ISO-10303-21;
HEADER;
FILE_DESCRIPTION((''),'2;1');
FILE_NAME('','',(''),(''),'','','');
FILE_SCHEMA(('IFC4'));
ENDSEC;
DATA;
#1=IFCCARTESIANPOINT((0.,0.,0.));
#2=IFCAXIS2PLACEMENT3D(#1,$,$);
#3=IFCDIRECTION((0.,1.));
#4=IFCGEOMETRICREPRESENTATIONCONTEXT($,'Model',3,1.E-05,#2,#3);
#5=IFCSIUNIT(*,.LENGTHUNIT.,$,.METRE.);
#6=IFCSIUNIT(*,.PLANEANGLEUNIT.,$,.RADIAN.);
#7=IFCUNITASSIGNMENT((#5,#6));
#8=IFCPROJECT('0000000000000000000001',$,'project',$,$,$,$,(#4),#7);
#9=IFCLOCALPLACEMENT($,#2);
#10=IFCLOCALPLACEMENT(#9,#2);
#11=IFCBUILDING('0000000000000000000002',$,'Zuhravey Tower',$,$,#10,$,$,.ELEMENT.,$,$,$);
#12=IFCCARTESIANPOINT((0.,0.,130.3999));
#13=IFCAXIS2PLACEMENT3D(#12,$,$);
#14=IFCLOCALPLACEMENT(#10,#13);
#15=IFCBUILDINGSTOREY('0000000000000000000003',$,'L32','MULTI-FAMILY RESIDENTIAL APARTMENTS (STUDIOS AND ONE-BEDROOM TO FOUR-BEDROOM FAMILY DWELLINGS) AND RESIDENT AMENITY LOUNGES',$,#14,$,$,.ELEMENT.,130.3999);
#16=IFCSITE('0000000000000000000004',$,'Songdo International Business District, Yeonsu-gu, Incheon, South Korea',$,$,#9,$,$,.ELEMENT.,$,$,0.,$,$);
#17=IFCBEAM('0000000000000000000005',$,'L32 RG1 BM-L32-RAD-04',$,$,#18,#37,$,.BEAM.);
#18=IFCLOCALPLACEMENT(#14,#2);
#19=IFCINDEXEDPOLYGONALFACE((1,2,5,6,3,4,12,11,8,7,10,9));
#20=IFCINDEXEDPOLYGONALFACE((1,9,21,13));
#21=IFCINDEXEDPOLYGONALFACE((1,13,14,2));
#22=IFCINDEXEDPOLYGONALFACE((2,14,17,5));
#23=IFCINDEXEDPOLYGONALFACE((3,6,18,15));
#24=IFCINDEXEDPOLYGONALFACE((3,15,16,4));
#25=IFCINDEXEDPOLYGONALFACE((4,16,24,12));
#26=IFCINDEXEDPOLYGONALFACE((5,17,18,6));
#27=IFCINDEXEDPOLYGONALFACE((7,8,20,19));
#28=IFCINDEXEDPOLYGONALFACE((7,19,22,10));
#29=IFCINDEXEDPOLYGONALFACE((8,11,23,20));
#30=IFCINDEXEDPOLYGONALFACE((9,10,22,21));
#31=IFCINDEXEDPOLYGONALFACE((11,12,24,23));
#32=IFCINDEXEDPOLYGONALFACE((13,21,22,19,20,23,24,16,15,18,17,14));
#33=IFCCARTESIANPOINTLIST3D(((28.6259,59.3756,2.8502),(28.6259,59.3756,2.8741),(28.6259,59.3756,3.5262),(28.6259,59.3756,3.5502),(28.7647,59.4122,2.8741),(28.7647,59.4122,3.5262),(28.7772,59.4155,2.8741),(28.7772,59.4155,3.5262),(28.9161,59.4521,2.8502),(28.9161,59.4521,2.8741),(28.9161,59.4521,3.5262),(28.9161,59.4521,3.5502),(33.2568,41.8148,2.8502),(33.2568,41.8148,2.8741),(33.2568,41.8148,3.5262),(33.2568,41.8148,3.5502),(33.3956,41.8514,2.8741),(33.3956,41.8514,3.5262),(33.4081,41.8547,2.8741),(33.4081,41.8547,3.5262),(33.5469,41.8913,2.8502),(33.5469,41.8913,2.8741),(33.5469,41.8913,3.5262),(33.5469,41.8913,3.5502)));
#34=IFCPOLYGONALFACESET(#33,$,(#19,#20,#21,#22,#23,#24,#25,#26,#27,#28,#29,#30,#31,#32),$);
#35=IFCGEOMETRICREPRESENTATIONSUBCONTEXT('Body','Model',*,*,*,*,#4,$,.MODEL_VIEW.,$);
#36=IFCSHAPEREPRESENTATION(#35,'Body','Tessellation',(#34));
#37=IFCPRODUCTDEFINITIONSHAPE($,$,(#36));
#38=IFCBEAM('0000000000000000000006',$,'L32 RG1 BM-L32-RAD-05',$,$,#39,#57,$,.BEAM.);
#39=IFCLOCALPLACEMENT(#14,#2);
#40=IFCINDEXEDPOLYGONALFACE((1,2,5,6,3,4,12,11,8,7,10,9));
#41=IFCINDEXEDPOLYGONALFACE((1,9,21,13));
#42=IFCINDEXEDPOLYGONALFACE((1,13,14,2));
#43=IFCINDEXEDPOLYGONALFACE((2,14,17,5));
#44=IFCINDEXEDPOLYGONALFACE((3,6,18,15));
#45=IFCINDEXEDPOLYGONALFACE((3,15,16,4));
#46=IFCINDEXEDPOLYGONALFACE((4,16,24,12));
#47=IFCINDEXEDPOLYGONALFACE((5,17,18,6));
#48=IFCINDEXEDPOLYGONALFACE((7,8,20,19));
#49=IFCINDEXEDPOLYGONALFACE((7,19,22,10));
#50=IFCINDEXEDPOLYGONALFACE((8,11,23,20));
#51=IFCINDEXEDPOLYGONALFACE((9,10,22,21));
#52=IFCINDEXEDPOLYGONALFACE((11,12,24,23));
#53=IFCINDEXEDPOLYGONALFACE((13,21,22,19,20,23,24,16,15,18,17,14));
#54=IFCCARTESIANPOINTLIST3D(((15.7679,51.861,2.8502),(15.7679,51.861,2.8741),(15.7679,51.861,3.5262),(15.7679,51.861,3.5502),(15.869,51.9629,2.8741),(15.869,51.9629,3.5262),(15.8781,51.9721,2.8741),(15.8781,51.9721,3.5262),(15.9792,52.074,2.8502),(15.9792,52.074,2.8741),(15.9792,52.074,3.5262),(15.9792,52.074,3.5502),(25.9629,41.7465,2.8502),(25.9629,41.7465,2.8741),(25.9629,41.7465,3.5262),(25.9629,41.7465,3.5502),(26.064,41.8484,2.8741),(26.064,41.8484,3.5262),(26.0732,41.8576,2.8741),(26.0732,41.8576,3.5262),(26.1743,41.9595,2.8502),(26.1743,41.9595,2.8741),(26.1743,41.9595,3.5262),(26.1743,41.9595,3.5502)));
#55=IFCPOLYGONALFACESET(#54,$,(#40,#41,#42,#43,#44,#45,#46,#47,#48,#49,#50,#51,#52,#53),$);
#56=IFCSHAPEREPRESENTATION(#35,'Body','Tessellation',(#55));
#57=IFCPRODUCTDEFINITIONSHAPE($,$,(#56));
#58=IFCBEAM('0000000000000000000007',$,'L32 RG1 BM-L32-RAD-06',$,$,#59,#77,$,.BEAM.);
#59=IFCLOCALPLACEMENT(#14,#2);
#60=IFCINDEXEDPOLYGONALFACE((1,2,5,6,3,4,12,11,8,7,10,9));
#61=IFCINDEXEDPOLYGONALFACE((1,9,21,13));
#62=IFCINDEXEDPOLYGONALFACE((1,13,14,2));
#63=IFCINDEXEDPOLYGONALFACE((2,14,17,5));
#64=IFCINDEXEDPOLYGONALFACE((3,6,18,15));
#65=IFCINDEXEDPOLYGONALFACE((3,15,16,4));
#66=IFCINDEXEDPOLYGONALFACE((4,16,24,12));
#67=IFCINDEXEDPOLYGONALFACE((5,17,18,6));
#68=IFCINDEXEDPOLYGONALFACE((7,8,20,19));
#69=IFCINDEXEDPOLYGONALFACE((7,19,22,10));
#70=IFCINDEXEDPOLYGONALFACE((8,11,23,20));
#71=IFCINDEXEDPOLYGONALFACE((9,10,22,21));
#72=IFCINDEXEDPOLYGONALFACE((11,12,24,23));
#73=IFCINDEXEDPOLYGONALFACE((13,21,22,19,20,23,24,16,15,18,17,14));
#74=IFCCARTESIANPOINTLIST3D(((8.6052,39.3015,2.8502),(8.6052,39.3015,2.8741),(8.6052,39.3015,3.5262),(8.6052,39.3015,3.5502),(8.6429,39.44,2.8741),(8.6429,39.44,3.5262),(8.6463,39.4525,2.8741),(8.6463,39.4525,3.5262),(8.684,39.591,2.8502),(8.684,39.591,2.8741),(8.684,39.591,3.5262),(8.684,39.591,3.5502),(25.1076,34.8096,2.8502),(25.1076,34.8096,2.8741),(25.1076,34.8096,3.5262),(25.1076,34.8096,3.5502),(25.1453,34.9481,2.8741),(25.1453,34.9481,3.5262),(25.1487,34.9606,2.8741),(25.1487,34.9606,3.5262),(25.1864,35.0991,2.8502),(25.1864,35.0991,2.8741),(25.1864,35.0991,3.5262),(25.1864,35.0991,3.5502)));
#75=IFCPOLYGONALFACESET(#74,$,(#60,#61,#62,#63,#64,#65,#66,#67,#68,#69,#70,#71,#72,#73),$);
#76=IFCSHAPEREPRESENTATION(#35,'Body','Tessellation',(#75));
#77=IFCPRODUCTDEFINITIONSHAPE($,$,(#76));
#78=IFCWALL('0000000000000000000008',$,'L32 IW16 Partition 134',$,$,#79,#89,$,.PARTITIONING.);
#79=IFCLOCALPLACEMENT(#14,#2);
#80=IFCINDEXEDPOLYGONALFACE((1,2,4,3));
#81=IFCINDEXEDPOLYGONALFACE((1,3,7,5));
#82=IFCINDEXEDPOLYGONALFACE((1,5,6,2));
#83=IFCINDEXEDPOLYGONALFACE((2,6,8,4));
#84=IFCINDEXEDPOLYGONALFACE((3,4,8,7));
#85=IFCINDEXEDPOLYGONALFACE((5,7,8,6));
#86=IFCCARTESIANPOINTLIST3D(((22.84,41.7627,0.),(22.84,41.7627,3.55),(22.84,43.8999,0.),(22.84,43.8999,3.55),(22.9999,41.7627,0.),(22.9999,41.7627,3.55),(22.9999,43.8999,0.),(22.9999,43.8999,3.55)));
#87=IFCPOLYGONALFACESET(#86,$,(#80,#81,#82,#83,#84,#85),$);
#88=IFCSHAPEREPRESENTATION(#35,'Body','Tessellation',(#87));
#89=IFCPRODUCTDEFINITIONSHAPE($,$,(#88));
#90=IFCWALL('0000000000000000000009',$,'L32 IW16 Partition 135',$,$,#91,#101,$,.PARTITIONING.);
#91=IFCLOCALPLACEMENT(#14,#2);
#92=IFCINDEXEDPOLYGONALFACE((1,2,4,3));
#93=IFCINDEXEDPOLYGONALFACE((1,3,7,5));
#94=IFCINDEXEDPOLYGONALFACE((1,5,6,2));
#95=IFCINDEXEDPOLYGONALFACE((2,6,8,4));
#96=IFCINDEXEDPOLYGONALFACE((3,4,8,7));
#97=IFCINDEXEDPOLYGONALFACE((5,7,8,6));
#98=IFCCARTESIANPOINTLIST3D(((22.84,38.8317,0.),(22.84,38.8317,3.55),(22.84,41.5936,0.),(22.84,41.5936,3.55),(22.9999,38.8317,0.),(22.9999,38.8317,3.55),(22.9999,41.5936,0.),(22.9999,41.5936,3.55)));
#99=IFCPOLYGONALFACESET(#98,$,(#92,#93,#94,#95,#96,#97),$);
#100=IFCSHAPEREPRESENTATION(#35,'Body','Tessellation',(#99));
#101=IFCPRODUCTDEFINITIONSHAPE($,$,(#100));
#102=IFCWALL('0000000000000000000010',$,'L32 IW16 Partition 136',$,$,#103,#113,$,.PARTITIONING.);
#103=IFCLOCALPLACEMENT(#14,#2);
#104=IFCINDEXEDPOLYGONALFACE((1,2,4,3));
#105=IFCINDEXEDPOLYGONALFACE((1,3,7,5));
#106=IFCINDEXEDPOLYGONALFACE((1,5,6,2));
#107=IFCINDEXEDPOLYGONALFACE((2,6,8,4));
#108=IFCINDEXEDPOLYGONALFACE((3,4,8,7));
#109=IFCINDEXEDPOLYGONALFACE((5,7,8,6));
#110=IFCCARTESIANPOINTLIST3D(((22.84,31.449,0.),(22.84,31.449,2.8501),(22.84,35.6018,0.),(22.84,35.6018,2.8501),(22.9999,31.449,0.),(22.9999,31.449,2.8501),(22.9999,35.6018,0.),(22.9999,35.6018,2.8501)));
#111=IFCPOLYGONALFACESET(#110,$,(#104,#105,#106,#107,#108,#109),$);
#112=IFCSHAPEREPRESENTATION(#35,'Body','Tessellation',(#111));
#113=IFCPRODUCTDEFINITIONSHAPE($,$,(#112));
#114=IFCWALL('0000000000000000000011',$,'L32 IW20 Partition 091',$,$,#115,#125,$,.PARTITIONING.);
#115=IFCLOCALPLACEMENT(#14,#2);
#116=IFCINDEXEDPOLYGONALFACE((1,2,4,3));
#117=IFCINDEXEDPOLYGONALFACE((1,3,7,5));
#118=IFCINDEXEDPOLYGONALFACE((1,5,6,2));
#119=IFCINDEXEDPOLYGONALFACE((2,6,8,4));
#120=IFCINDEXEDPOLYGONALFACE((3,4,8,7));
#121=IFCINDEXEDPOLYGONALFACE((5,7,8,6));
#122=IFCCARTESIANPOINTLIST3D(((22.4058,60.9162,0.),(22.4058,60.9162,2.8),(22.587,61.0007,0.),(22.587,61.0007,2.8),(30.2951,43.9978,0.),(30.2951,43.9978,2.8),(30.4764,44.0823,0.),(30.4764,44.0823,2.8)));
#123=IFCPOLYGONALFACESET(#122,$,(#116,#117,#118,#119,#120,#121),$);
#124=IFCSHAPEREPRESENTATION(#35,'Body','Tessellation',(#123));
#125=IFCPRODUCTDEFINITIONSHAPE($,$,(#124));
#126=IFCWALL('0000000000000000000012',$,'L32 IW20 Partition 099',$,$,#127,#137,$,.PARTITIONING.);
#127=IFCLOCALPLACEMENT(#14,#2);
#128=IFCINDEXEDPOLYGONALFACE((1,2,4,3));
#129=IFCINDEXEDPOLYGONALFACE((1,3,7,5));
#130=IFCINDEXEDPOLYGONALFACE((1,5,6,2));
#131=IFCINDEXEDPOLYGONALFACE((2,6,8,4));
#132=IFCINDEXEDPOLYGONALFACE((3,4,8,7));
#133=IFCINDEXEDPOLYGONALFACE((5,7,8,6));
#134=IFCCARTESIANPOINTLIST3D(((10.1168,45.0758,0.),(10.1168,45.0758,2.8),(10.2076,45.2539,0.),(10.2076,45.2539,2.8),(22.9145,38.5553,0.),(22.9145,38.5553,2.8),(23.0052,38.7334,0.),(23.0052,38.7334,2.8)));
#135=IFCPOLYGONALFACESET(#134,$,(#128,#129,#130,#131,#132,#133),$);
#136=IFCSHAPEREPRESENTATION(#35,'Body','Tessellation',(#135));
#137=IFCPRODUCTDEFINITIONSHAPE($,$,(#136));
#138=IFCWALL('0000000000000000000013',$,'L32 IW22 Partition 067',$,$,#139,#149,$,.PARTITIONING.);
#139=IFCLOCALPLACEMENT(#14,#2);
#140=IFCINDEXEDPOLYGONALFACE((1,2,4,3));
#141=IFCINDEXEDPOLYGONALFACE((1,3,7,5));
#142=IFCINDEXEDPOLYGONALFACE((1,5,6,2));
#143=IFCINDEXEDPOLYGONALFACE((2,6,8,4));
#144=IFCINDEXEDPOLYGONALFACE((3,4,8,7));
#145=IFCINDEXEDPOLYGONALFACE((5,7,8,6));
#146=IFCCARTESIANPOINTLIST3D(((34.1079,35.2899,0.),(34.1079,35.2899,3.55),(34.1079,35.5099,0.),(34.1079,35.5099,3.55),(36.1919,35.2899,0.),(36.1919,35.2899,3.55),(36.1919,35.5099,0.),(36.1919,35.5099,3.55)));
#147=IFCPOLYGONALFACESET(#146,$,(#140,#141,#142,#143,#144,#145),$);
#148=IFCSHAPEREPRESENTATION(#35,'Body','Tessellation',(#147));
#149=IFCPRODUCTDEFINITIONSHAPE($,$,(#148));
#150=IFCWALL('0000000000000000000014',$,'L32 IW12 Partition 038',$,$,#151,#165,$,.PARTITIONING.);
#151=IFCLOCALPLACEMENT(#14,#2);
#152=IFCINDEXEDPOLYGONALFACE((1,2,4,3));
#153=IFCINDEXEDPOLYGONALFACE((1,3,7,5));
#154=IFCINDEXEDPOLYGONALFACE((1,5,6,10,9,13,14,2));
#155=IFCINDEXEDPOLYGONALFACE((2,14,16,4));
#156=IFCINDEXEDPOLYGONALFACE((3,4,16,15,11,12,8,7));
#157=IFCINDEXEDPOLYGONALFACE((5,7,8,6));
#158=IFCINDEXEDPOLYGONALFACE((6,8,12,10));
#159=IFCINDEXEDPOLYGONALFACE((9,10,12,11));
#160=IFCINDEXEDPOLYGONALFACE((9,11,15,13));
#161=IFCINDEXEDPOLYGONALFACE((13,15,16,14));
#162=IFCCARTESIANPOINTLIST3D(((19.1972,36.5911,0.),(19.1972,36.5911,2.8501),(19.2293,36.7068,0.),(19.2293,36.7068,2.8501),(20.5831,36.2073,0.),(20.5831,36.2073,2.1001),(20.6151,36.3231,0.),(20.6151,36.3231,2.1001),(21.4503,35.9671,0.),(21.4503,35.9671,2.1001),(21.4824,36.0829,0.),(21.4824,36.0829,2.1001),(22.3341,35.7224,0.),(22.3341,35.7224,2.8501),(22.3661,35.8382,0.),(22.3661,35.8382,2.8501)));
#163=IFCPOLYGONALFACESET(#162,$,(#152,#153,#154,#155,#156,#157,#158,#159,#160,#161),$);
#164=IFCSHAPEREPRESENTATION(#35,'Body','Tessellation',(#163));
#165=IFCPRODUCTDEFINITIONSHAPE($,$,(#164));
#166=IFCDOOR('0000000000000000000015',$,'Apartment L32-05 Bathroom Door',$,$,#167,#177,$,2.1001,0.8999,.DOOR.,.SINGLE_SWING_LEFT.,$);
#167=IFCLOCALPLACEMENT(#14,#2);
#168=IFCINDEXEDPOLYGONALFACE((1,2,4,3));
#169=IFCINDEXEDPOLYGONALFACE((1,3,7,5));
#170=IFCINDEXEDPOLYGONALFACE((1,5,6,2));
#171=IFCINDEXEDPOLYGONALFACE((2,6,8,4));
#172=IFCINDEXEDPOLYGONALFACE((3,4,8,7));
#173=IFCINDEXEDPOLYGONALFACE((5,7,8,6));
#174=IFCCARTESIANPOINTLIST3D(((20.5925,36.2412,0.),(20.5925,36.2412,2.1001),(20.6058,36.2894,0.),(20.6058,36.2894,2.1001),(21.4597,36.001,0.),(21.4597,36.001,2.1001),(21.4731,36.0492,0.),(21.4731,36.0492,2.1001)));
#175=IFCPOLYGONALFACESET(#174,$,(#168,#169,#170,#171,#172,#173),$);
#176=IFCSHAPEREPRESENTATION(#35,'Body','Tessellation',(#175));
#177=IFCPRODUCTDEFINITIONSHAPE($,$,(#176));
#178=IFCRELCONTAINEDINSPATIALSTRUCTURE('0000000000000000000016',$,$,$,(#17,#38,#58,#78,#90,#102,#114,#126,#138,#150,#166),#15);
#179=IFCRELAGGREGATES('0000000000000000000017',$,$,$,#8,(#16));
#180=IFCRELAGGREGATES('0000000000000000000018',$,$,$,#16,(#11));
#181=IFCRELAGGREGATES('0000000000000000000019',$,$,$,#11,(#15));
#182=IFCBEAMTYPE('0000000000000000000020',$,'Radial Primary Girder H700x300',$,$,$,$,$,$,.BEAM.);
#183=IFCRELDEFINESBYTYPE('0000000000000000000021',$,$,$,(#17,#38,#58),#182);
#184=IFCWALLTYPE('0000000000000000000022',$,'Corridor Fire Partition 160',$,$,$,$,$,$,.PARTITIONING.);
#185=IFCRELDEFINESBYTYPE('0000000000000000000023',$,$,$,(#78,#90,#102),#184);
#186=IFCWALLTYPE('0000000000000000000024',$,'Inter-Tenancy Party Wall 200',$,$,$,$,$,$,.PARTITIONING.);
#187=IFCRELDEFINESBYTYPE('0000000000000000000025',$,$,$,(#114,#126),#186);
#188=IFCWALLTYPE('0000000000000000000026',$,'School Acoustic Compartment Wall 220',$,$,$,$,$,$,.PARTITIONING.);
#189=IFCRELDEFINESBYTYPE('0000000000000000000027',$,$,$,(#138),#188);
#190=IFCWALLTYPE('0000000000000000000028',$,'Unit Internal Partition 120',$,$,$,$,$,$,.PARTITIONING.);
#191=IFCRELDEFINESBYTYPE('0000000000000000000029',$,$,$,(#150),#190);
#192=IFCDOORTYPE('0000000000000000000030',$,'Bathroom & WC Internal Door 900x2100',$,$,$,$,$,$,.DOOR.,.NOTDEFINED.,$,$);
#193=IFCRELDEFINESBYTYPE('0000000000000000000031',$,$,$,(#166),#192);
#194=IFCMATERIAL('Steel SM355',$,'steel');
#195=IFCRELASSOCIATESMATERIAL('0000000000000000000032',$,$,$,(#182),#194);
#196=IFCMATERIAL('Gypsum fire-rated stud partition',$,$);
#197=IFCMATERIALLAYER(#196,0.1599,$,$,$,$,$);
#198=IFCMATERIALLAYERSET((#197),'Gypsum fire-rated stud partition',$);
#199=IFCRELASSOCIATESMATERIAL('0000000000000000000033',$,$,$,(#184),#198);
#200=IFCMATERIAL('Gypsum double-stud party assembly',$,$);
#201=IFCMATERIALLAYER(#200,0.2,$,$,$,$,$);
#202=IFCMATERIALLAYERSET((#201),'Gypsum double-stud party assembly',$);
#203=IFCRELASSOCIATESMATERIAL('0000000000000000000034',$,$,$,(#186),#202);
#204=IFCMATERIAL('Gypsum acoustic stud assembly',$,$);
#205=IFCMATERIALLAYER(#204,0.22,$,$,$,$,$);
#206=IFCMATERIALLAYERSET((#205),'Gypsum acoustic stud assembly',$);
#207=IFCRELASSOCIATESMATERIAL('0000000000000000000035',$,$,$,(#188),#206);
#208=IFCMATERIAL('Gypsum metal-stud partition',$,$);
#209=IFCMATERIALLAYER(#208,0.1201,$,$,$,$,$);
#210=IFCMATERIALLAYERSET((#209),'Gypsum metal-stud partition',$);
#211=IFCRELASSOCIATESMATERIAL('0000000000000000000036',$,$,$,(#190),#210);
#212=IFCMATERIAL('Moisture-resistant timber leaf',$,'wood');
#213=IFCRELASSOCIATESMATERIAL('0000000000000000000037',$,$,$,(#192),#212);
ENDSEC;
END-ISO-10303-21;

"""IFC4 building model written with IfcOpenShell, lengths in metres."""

from ifc_helpers import new_model, si_unit, direction, frame, frame_2d, origin, origin_2d, place, context, subcontext, project, spatial, rectangle, i_section, extrude, material, layer, layer_set, material_profile, profile_set, type_object, element, fill, save


model = new_model("IFC4")

# Units and contexts
model_context = context("Model", 3, precision=1e-05, world=origin(), true_north=direction((0.0, 1.0)))
body_context = subcontext(model_context, "Body", "Model", "MODEL_VIEW")
ifc_project = project(units=[si_unit("LENGTHUNIT", "METRE"), si_unit("PLANEANGLEUNIT", "RADIAN")], contexts=[model_context])

# Site, building, storey
site_placement = place(None, origin())
site = spatial("IfcSite", under=ifc_project, at=site_placement, Name="Songdo International Business District, Yeonsu-gu, Incheon, South Korea", CompositionType="ELEMENT", RefElevation=0.0)
building_placement = place(site_placement, origin())
building = spatial("IfcBuilding", under=site, at=building_placement, Name="Zuhravey Tower", CompositionType="ELEMENT")
storey_placement = place(building_placement, frame((0.0, 0.0, 130.3999)))
storey = spatial("IfcBuildingStorey", under=building, at=storey_placement, Name="L32", Description="MULTI-FAMILY RESIDENTIAL APARTMENTS (STUDIOS AND ONE-BEDROOM TO FOUR-BEDROOM FAMILY DWELLINGS) AND RESIDENT AMENITY LOUNGES", CompositionType="ELEMENT", Elevation=130.3999)

# Beams
ifc_material_1 = material(Name="Steel SM355", Category="steel")
ifc_material_profile = material_profile(ifc_material_1, i_section(OverallWidth=0.3, OverallDepth=0.7, WebThickness=0.0129, FlangeThickness=0.0239, at=origin_2d()), Name="H-700x300x13x24")
ifc_profile_set = profile_set([ifc_material_profile], Name="Steel SM355")
beam_type = type_object("IfcBeamType", Name="Radial Primary Girder H700x300", PredefinedType="BEAM", material=ifc_profile_set)
beam_1_placement = place(storey_placement, frame((33.4019, 41.853, 3.2002), z_axis=(-0.254988, 0.966944, 0.0), x_axis=(-0.966944, -0.254988, 0.0)))
element("IfcBeam", 1, at=beam_1_placement, inside=storey, type_object=beam_type, Name="L32 RG1 BM-L32-RAD-04", PredefinedType="BEAM", context=body_context, shape_type="SweptSolid", body=[
    extrude(i_section(OverallWidth=0.3, OverallDepth=0.7, WebThickness=0.0129, FlangeThickness=0.0239, at=origin_2d()), origin(), (0.0, 0.0, 1.0), 18.1611),
])
beam_2_placement = place(storey_placement, frame((26.0686, 41.853, 3.2002), z_axis=(-0.709906, 0.704296, 0.0), x_axis=(-0.704296, -0.709906, 0.0)))
element("IfcBeam", 2, at=beam_2_placement, inside=storey, type_object=beam_type, Name="L32 RG1 BM-L32-RAD-05", PredefinedType="BEAM", context=body_context, shape_type="SweptSolid", body=[
    extrude(i_section(OverallWidth=0.3, OverallDepth=0.7, WebThickness=0.0129, FlangeThickness=0.0239, at=origin_2d()), origin(), (0.0, 0.0, 1.0), 14.3611),
])
beam_3_placement = place(storey_placement, frame((25.147, 34.9543, 3.2002), z_axis=(-0.964893, 0.262643, 0.0), x_axis=(-0.262643, -0.964893, 0.0)))
element("IfcBeam", 3, at=beam_3_placement, inside=storey, type_object=beam_type, Name="L32 RG1 BM-L32-RAD-06", PredefinedType="BEAM", context=body_context, shape_type="SweptSolid", body=[
    extrude(i_section(OverallWidth=0.3, OverallDepth=0.7, WebThickness=0.0129, FlangeThickness=0.0239, at=origin_2d()), origin(), (0.0, 0.0, 1.0), 17.1028),
])

# Shared definitions
ifc_material_2 = material(Name="Gypsum fire-rated stud partition")
ifc_layer_1 = layer(ifc_material_2, 0.1599)
ifc_layer_set_1 = layer_set([ifc_layer_1], Name="Gypsum fire-rated stud partition")
wall_type_1 = type_object("IfcWallType", Name="Corridor Fire Partition 160", PredefinedType="PARTITIONING", material=ifc_layer_set_1)

# Walls
wall_1_placement = place(storey_placement, frame((22.9199, 43.8999, 0.0), z_axis=(0.0, 0.0, 1.0), x_axis=(0.0, -1.0, 0.0)))
element("IfcWall", 4, at=wall_1_placement, inside=storey, type_object=wall_type_1, Name="L32 IW16 Partition 134", PredefinedType="PARTITIONING", context=body_context, shape_type="SweptSolid", body=[
    extrude(rectangle(XDim=2.1372, YDim=0.1599, at=frame_2d((1.0686, 0.0))), origin(), (0.0, 0.0, 1.0), 3.55),
])
wall_2_placement = place(storey_placement, frame((22.9199, 41.5935, 0.0), z_axis=(0.0, 0.0, 1.0), x_axis=(0.0, -1.0, 0.0)))
element("IfcWall", 5, at=wall_2_placement, inside=storey, type_object=wall_type_1, Name="L32 IW16 Partition 135", PredefinedType="PARTITIONING", context=body_context, shape_type="SweptSolid", body=[
    extrude(rectangle(XDim=2.762, YDim=0.1599, at=frame_2d((1.3809, 0.0))), origin(), (0.0, 0.0, 1.0), 3.55),
])
wall_3_placement = place(storey_placement, frame((22.9199, 35.6018, 0.0), z_axis=(0.0, 0.0, 1.0), x_axis=(0.0, -1.0, 0.0)))
element("IfcWall", 6, at=wall_3_placement, inside=storey, type_object=wall_type_1, Name="L32 IW16 Partition 136", PredefinedType="PARTITIONING", context=body_context, shape_type="SweptSolid", body=[
    extrude(rectangle(XDim=4.1528, YDim=0.1599, at=frame_2d((2.0764, 0.0))), origin(), (0.0, 0.0, 1.0), 2.8501),
])
ifc_material_3 = material(Name="Gypsum double-stud party assembly")
ifc_layer_2 = layer(ifc_material_3, 0.2)
ifc_layer_set_2 = layer_set([ifc_layer_2], Name="Gypsum double-stud party assembly")
wall_type_2 = type_object("IfcWallType", Name="Inter-Tenancy Party Wall 200", PredefinedType="PARTITIONING", material=ifc_layer_set_2)
wall_4_placement = place(storey_placement, frame((30.3857, 44.04, 0.0), z_axis=(0.0, 0.0, 1.0), x_axis=(-0.422627, 0.906304, 0.0)))
element("IfcWall", 7, at=wall_4_placement, inside=storey, type_object=wall_type_2, Name="L32 IW20 Partition 091", PredefinedType="PARTITIONING", context=body_context, shape_type="SweptSolid", body=[
    extrude(rectangle(XDim=18.6675, YDim=0.2, at=frame_2d((9.3337, 0.0))), origin(), (0.0, 0.0, 1.0), 2.8),
])
wall_5_placement = place(storey_placement, frame((22.96, 38.6443, 0.0), z_axis=(0.0, 0.0, 1.0), x_axis=(-0.891012, 0.45398, 0.0)))
element("IfcWall", 8, at=wall_5_placement, inside=storey, type_object=wall_type_2, Name="L32 IW20 Partition 099", PredefinedType="PARTITIONING", context=body_context, shape_type="SweptSolid", body=[
    extrude(rectangle(XDim=14.363, YDim=0.2, at=frame_2d((7.1816, 0.0))), origin(), (0.0, 0.0, 1.0), 2.8),
])
ifc_material_4 = material(Name="Gypsum acoustic stud assembly")
ifc_layer_3 = layer(ifc_material_4, 0.22)
ifc_layer_set_3 = layer_set([ifc_layer_3], Name="Gypsum acoustic stud assembly")
wall_type_3 = type_object("IfcWallType", Name="School Acoustic Compartment Wall 220", PredefinedType="PARTITIONING", material=ifc_layer_set_3)
wall_6_placement = place(storey_placement, frame((34.1079, 35.3999, 0.0), z_axis=(0.0, 0.0, 1.0), x_axis=(1.0, 0.0, 0.0)))
element("IfcWall", 9, at=wall_6_placement, inside=storey, type_object=wall_type_3, Name="L32 IW22 Partition 067", PredefinedType="PARTITIONING", context=body_context, shape_type="SweptSolid", body=[
    extrude(rectangle(XDim=2.084, YDim=0.22, at=frame_2d((1.042, 0.0))), origin(), (0.0, 0.0, 1.0), 3.55),
])

# Wall, opening, door
ifc_material_5 = material(Name="Gypsum metal-stud partition")
ifc_layer_4 = layer(ifc_material_5, 0.1201)
ifc_layer_set_4 = layer_set([ifc_layer_4], Name="Gypsum metal-stud partition")
wall_type_4 = type_object("IfcWallType", Name="Unit Internal Partition 120", PredefinedType="PARTITIONING", material=ifc_layer_set_4)
wall_7_placement = place(storey_placement, frame((22.3501, 35.7803, 0.0), z_axis=(0.0, 0.0, 1.0), x_axis=(-0.963728, 0.266886, 0.0)))
wall_7 = element("IfcWall", 10, at=wall_7_placement, inside=storey, type_object=wall_type_4, Name="L32 IW12 Partition 038", PredefinedType="PARTITIONING", context=body_context, shape_type="SweptSolid", body=[
    extrude(rectangle(XDim=3.2549, YDim=0.1201, at=frame_2d((1.6274, 0.0))), origin(), (0.0, 0.0, 1.0), 2.8501),
])
opening_1_placement = place(wall_7_placement, frame((0.917, 0.0, 0.0)))
opening_1 = element("IfcOpeningElement", 11, at=opening_1_placement, cuts=wall_7, PredefinedType="OPENING", context=body_context, shape_type="SweptSolid", body=[
    extrude(rectangle(XDim=0.8999, YDim=2.1001, at=frame_2d((0.45, 1.05))), frame((0.0, 0.072, 0.0), z_axis=(0.0, -1.0, 0.0), x_axis=(1.0, 0.0, 0.0)), (0.0, 0.0, 1.0), 0.144),
])
ifc_material_6 = material(Name="Moisture-resistant timber leaf", Category="wood")
door_type_1 = type_object("IfcDoorType", Name="Bathroom & WC Internal Door 900x2100", OperationType="NOTDEFINED", PredefinedType="DOOR", material=ifc_material_6)
door_1_placement = place(opening_1_placement, origin())
door_1 = element("IfcDoor", 12, at=door_1_placement, inside=storey, type_object=door_type_1, Name="Apartment L32-05 Bathroom Door", OperationType="SINGLE_SWING_LEFT", OverallHeight=2.1001, OverallWidth=0.8999, PredefinedType="DOOR", context=body_context, shape_type="SweptSolid", body=[
    extrude(rectangle(XDim=0.8999, YDim=2.1001, at=frame_2d((0.45, 1.05))), frame((0.0, 0.0249, 0.0), z_axis=(0.0, -1.0, 0.0), x_axis=(1.0, 0.0, 0.0)), (0.0, 0.0, 1.0), 0.05),
])
fill(opening_1, door_1)

save(model, "model.ifc")
